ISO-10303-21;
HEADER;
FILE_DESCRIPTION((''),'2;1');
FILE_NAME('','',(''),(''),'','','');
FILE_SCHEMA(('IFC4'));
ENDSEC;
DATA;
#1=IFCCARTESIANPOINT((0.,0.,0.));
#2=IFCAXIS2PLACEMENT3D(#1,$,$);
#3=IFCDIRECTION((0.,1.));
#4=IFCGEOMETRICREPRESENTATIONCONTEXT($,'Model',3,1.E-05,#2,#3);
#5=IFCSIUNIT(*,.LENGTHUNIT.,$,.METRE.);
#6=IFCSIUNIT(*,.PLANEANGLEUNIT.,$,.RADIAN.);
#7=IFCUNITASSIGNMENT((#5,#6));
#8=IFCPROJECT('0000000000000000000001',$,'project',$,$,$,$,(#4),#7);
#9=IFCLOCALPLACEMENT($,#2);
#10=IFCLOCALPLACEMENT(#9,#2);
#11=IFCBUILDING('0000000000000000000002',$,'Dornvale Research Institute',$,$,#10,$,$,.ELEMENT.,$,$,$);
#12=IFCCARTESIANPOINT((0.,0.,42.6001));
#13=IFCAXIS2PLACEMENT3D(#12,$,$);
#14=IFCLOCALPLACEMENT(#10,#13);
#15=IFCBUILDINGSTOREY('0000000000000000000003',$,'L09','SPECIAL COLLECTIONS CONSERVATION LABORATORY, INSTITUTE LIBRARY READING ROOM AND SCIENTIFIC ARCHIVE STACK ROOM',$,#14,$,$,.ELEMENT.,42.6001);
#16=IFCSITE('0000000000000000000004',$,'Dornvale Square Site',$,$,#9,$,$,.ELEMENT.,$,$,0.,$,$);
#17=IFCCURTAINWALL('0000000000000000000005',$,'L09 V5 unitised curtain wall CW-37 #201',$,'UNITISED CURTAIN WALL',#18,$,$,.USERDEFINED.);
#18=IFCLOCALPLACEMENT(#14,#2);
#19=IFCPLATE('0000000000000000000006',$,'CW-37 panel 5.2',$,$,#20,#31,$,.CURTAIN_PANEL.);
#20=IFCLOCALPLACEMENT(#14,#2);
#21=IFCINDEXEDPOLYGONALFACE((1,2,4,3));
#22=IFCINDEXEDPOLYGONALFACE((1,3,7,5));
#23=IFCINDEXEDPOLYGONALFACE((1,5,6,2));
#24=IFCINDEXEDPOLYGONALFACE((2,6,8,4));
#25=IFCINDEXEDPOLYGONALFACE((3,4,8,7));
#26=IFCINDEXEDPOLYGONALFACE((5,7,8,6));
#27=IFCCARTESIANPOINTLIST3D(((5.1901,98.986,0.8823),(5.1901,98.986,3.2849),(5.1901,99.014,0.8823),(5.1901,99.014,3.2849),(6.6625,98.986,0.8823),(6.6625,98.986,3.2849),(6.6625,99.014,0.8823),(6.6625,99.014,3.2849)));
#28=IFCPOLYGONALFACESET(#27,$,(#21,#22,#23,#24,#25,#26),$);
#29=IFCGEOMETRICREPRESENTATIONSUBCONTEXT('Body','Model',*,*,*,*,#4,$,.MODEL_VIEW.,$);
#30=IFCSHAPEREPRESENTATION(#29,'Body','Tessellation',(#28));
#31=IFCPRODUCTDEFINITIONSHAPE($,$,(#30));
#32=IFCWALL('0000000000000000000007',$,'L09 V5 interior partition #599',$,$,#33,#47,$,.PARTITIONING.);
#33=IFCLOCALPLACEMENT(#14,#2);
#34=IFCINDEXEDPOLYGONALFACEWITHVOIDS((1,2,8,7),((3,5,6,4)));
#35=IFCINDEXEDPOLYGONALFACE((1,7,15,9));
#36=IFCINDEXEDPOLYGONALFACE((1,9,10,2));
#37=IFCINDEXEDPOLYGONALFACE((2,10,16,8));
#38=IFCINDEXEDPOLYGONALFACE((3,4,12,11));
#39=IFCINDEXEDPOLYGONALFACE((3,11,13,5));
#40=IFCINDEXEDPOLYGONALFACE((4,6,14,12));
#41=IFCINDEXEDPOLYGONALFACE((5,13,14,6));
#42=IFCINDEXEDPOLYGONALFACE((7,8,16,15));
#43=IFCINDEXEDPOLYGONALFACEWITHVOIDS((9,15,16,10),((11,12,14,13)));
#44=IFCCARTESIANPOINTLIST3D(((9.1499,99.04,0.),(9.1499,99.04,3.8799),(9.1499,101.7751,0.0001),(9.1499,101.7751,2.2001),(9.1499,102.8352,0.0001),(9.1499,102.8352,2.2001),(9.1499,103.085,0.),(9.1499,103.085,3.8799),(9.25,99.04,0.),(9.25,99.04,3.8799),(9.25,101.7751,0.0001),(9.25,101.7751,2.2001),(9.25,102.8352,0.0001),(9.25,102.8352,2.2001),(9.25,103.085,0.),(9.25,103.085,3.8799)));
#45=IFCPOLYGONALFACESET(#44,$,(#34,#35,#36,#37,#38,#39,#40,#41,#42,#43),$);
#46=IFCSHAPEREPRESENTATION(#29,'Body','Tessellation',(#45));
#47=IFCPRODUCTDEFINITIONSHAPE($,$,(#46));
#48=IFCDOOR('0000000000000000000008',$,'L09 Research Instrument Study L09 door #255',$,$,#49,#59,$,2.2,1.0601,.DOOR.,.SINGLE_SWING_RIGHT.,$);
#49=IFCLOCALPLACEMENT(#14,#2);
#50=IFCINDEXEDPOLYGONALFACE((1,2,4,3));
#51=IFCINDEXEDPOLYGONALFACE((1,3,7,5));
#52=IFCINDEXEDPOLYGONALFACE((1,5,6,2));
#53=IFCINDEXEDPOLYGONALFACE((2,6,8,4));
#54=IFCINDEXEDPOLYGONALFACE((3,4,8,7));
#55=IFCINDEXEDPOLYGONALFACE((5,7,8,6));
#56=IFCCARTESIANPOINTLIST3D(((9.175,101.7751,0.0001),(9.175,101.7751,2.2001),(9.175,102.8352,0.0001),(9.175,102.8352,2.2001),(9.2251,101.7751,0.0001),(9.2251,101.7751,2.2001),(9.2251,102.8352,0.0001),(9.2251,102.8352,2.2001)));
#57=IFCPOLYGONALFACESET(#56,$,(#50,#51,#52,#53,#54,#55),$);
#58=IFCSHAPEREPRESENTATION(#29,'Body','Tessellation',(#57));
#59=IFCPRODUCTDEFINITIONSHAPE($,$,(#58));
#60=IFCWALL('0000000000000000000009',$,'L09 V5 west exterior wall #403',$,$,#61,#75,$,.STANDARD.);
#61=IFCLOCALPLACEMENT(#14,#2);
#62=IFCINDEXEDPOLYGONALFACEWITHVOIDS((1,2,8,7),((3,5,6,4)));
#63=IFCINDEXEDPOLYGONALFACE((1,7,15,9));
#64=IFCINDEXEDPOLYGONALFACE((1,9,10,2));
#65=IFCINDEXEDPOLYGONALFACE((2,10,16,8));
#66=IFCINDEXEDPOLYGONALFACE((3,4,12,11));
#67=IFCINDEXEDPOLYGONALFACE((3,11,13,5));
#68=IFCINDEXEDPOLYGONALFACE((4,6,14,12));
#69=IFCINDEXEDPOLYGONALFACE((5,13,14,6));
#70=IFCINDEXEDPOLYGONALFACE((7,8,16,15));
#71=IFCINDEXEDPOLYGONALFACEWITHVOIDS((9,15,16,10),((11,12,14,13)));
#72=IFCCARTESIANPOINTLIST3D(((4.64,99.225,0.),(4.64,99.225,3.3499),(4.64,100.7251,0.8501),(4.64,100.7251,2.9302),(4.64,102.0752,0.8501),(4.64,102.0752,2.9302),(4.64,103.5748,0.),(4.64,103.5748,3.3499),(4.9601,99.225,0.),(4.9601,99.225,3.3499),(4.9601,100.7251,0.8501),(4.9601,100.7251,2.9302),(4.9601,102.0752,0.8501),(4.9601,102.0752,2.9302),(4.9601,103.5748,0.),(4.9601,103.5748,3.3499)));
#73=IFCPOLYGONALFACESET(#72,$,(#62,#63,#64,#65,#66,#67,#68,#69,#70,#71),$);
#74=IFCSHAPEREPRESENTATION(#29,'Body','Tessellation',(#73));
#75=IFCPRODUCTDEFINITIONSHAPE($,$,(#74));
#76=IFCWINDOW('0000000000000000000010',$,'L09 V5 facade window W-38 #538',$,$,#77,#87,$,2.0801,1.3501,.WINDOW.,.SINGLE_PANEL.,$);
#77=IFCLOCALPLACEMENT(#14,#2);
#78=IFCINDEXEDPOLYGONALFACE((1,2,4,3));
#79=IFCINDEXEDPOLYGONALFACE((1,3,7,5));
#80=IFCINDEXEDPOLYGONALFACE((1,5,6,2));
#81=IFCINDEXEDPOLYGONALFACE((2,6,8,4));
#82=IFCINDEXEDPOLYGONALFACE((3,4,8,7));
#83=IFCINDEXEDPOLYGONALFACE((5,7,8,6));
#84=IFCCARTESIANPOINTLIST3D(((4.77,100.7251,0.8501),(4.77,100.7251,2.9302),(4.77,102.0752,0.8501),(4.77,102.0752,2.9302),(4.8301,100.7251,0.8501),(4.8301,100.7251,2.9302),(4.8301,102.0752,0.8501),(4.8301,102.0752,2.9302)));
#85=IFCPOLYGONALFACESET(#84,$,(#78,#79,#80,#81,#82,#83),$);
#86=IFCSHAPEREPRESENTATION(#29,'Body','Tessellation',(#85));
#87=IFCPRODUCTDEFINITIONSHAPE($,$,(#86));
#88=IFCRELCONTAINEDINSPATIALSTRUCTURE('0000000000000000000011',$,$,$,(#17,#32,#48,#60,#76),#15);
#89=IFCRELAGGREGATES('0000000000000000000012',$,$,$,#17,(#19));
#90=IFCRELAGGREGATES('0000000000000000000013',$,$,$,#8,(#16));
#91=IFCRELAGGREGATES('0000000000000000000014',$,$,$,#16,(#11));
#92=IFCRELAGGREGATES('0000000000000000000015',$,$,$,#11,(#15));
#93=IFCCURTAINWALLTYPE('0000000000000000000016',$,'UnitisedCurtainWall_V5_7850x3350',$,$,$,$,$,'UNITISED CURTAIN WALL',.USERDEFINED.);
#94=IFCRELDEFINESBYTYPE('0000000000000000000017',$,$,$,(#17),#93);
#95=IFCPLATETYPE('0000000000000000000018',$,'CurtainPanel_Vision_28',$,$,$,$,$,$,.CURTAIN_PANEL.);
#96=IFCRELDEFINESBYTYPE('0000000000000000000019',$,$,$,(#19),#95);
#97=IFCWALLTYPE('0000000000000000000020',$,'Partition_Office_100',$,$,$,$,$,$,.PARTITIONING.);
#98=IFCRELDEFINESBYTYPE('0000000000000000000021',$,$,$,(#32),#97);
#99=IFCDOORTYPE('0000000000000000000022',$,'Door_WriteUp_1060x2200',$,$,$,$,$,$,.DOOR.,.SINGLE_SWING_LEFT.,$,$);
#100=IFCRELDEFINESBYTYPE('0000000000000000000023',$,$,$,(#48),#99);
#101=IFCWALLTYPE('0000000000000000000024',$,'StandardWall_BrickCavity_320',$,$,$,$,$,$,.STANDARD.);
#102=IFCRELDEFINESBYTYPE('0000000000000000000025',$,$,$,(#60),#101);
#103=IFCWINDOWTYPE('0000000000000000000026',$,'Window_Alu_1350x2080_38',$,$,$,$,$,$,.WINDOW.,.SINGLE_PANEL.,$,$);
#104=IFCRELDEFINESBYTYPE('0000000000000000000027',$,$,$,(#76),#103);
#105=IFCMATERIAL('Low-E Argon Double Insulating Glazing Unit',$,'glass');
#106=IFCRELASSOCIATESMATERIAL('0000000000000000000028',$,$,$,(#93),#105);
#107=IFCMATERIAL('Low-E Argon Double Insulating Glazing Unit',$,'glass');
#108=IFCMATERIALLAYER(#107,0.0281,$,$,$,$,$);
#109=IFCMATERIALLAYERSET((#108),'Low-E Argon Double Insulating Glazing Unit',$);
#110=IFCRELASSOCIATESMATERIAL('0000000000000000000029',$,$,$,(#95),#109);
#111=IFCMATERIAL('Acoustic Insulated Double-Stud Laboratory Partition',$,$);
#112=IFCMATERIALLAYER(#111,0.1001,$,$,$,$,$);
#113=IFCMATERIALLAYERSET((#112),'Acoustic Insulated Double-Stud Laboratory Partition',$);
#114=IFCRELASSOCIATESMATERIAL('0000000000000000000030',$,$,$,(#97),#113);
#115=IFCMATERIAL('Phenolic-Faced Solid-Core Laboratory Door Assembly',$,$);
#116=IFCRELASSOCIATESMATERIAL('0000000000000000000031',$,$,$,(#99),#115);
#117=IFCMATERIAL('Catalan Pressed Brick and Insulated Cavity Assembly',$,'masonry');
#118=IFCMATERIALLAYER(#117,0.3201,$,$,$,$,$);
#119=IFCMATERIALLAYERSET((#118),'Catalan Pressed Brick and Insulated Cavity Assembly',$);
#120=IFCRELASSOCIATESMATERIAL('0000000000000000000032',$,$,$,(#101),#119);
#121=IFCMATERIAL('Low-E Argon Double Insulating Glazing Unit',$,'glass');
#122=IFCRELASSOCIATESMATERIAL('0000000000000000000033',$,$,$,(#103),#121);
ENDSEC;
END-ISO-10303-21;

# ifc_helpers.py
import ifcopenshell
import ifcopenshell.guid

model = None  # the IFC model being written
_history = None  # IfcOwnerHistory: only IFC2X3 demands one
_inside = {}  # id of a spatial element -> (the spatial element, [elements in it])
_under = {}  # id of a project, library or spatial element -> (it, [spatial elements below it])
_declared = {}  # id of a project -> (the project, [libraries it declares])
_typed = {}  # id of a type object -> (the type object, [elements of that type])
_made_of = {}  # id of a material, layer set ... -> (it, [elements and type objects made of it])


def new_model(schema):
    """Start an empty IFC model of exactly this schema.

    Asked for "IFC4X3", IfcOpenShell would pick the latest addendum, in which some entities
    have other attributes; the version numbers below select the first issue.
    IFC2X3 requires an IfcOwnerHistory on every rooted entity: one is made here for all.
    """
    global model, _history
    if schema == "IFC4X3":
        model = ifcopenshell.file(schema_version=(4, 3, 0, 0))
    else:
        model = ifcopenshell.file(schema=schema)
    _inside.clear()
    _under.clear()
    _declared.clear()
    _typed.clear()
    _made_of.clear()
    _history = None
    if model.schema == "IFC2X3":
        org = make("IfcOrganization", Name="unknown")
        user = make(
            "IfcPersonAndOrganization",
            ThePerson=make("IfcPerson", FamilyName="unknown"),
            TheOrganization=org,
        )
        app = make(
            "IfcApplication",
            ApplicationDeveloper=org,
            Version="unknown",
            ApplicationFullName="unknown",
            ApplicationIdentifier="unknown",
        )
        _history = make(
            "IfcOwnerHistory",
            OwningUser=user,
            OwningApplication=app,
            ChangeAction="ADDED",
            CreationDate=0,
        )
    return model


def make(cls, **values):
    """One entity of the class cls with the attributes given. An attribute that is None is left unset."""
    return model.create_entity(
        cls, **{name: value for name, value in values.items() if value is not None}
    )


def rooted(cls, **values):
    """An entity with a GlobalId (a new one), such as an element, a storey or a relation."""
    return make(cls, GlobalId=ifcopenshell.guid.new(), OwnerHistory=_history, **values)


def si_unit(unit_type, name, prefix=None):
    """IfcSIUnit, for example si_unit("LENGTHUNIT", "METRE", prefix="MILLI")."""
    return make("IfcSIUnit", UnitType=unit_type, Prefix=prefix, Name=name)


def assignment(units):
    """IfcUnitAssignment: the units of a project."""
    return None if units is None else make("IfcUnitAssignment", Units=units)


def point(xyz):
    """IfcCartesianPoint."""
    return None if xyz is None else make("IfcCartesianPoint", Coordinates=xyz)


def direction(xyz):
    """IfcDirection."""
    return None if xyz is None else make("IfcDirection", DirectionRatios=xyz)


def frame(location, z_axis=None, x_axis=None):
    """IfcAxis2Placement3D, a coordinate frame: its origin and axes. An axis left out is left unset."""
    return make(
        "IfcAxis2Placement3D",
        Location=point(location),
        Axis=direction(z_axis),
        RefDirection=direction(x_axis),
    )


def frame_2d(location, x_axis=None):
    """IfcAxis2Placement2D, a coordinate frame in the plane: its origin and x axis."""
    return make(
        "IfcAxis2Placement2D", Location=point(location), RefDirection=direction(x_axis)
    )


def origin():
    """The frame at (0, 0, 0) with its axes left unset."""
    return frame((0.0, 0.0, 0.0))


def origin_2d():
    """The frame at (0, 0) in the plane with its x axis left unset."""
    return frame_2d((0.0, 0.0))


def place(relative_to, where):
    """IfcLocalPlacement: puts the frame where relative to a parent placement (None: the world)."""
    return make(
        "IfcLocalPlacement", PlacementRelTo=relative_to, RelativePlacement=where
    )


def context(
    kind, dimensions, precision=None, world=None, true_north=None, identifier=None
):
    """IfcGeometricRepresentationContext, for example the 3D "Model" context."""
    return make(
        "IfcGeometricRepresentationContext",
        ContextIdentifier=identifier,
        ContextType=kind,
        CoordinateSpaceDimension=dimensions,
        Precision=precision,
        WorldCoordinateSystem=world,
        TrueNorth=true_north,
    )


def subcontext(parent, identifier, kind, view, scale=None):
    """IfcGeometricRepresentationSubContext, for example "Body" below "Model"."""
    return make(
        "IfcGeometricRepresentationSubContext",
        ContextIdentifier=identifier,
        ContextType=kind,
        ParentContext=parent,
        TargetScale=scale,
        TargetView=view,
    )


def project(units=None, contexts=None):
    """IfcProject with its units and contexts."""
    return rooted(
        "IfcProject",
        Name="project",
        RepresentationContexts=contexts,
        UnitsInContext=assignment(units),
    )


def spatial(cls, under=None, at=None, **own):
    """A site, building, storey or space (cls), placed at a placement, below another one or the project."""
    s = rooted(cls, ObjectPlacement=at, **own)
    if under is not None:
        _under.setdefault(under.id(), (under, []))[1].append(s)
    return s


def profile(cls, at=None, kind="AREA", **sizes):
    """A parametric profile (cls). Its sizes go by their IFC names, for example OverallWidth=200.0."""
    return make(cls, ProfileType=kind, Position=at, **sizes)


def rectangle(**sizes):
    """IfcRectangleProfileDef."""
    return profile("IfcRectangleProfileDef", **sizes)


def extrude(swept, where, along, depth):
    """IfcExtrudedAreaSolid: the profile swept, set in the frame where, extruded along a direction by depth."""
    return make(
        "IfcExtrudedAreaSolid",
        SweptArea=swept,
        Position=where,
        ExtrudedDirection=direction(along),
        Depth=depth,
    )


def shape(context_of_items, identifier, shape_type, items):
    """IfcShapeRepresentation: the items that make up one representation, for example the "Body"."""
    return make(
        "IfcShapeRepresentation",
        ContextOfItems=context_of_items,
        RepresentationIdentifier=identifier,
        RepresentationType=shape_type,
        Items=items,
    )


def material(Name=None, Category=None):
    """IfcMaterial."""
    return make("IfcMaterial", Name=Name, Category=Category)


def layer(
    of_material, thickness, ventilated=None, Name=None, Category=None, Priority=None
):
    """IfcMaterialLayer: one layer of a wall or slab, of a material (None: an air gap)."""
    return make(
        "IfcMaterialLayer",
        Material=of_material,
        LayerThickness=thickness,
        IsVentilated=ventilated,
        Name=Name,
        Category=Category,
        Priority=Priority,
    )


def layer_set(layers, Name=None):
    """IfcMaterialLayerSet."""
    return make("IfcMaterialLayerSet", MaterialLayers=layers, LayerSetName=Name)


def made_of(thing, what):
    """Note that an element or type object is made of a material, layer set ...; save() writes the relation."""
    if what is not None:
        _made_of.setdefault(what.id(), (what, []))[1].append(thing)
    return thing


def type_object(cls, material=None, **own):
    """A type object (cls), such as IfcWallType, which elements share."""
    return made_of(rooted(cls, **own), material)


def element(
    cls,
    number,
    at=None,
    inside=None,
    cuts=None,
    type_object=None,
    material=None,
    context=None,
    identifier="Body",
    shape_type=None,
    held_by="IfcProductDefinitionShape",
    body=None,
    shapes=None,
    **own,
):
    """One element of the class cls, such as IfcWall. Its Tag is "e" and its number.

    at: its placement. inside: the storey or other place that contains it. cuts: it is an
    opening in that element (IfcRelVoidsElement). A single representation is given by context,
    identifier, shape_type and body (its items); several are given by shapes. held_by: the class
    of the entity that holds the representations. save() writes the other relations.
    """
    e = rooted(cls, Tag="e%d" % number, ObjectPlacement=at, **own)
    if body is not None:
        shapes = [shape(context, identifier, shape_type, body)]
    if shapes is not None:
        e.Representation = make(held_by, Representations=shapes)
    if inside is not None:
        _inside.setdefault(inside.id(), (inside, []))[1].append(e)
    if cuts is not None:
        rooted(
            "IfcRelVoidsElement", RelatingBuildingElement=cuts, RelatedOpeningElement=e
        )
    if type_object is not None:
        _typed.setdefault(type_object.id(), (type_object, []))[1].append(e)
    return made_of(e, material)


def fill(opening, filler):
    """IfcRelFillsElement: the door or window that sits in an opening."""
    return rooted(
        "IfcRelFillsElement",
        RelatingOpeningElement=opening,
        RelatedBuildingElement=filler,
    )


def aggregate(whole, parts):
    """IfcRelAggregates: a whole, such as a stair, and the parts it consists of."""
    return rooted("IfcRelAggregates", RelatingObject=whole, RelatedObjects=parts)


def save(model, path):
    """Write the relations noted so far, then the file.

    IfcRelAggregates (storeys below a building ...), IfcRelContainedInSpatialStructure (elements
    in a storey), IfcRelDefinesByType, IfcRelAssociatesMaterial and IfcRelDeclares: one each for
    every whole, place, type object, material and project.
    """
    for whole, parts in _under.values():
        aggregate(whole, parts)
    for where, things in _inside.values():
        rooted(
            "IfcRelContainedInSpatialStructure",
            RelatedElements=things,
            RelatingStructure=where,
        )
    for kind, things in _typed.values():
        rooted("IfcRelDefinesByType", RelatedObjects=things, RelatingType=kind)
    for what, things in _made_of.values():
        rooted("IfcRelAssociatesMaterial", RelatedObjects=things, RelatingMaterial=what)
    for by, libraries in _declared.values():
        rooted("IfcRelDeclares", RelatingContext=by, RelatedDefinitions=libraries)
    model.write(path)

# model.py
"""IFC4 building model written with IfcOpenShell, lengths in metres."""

from ifc_helpers import new_model, si_unit, direction, frame, frame_2d, origin, origin_2d, place, context, subcontext, project, spatial, rectangle, extrude, material, layer, layer_set, type_object, element, fill, aggregate, save


model = new_model("IFC4")

# Units and contexts
model_context = context("Model", 3, precision=1e-05, world=origin(), true_north=direction((0.0, 1.0)))
body_context = subcontext(model_context, "Body", "Model", "MODEL_VIEW")
ifc_project = project(units=[si_unit("LENGTHUNIT", "METRE"), si_unit("PLANEANGLEUNIT", "RADIAN")], contexts=[model_context])

# Site, building, storey
site_placement = place(None, origin())
site = spatial("IfcSite", under=ifc_project, at=site_placement, Name="Dornvale Square Site", CompositionType="ELEMENT", RefElevation=0.0)
building_placement = place(site_placement, origin())
building = spatial("IfcBuilding", under=site, at=building_placement, Name="Dornvale Research Institute", CompositionType="ELEMENT")
storey_placement = place(building_placement, frame((0.0, 0.0, 42.6001)))
storey = spatial("IfcBuildingStorey", under=building, at=storey_placement, Name="L09", Description="SPECIAL COLLECTIONS CONSERVATION LABORATORY, INSTITUTE LIBRARY READING ROOM AND SCIENTIFIC ARCHIVE STACK ROOM", CompositionType="ELEMENT", Elevation=42.6001)

# Curtain wall, plate
ifc_material_1 = material(Name="Low-E Argon Double Insulating Glazing Unit", Category="glass")
curtain_wall_type = type_object("IfcCurtainWallType", Name="UnitisedCurtainWall_V5_7850x3350", ElementType="UNITISED CURTAIN WALL", PredefinedType="USERDEFINED", material=ifc_material_1)
curtain_wall_placement = place(storey_placement, origin())
curtain_wall = element("IfcCurtainWall", 1, at=curtain_wall_placement, inside=storey, type_object=curtain_wall_type, Name="L09 V5 unitised curtain wall CW-37 #201", ObjectType="UNITISED CURTAIN WALL", PredefinedType="USERDEFINED")
ifc_material_2 = material(Name="Low-E Argon Double Insulating Glazing Unit", Category="glass")
ifc_layer_1 = layer(ifc_material_2, 0.0281)
ifc_layer_set_1 = layer_set([ifc_layer_1], Name="Low-E Argon Double Insulating Glazing Unit")
plate_type_1 = type_object("IfcPlateType", Name="CurtainPanel_Vision_28", PredefinedType="CURTAIN_PANEL", material=ifc_layer_set_1)
plate_1_placement = place(storey_placement, frame((5.9263, 99.0, 0.8823), z_axis=(0.0, 0.0, 1.0), x_axis=(-1.0, 0.0, 0.0)))
plate_1 = element("IfcPlate", 2, at=plate_1_placement, type_object=plate_type_1, Name="CW-37 panel 5.2", PredefinedType="CURTAIN_PANEL", context=body_context, shape_type="SweptSolid", body=[
    extrude(rectangle(XDim=1.4724, YDim=0.0281, at=origin_2d()), origin(), (0.0, 0.0, 1.0), 2.4026),
])
aggregate(curtain_wall, [plate_1])

# Wall, opening, door
ifc_material_3 = material(Name="Acoustic Insulated Double-Stud Laboratory Partition")
ifc_layer_2 = layer(ifc_material_3, 0.1001)
ifc_layer_set_2 = layer_set([ifc_layer_2], Name="Acoustic Insulated Double-Stud Laboratory Partition")
wall_type_1 = type_object("IfcWallType", Name="Partition_Office_100", PredefinedType="PARTITIONING", material=ifc_layer_set_2)
wall_1_placement = place(storey_placement, frame((9.2, 99.04, 0.0), z_axis=(0.0, 0.0, 1.0), x_axis=(0.0, 1.0, 0.0)))
wall_1 = element("IfcWall", 3, at=wall_1_placement, inside=storey, type_object=wall_type_1, Name="L09 V5 interior partition #599", PredefinedType="PARTITIONING", context=body_context, shape_type="SweptSolid", body=[
    extrude(rectangle(XDim=4.0449, YDim=0.1001, at=frame_2d((2.0225, 0.0))), origin(), (0.0, 0.0, 1.0), 3.8799),
])
opening_1_placement = place(wall_1_placement, frame((2.7351, 0.0, 0.0)))
opening_1 = element("IfcOpeningElement", 4, at=opening_1_placement, cuts=wall_1, PredefinedType="OPENING", context=body_context, shape_type="SweptSolid", body=[
    extrude(rectangle(XDim=1.0601, YDim=2.2, at=frame_2d((0.53, 1.1001))), frame((0.0, 0.0649, 0.0), z_axis=(0.0, -1.0, 0.0), x_axis=(1.0, 0.0, 0.0)), (0.0, 0.0, 1.0), 0.1301),
])
ifc_material_4 = material(Name="Phenolic-Faced Solid-Core Laboratory Door Assembly")
door_type = type_object("IfcDoorType", Name="Door_WriteUp_1060x2200", OperationType="SINGLE_SWING_LEFT", PredefinedType="DOOR", material=ifc_material_4)
door_placement = place(opening_1_placement, origin())
door = element("IfcDoor", 5, at=door_placement, inside=storey, type_object=door_type, Name="L09 Research Instrument Study L09 door #255", OperationType="SINGLE_SWING_RIGHT", OverallHeight=2.2, OverallWidth=1.0601, PredefinedType="DOOR", context=body_context, shape_type="SweptSolid", body=[
    extrude(rectangle(XDim=1.0601, YDim=2.2, at=frame_2d((0.53, 1.1001))), frame((0.0, 0.0249, 0.0), z_axis=(0.0, -1.0, 0.0), x_axis=(1.0, 0.0, 0.0)), (0.0, 0.0, 1.0), 0.05),
])
fill(opening_1, door)

# Wall, opening, window
ifc_material_5 = material(Name="Catalan Pressed Brick and Insulated Cavity Assembly", Category="masonry")
ifc_layer_3 = layer(ifc_material_5, 0.3201)
ifc_layer_set_3 = layer_set([ifc_layer_3], Name="Catalan Pressed Brick and Insulated Cavity Assembly")
wall_type_2 = type_object("IfcWallType", Name="StandardWall_BrickCavity_320", PredefinedType="STANDARD", material=ifc_layer_set_3)
wall_2_placement = place(storey_placement, frame((4.8, 99.2251, 0.0), z_axis=(0.0, 0.0, 1.0), x_axis=(0.0, 1.0, 0.0)))
wall_2 = element("IfcWall", 6, at=wall_2_placement, inside=storey, type_object=wall_type_2, Name="L09 V5 west exterior wall #403", PredefinedType="STANDARD", context=body_context, shape_type="SweptSolid", body=[
    extrude(rectangle(XDim=4.3499, YDim=0.3201, at=frame_2d((2.1748, 0.0))), origin(), (0.0, 0.0, 1.0), 3.3499),
])
opening_2_placement = place(wall_2_placement, frame((1.5, 0.0, 0.8501)))
opening_2 = element("IfcOpeningElement", 7, at=opening_2_placement, cuts=wall_2, PredefinedType="OPENING", context=body_context, shape_type="SweptSolid", body=[
    extrude(rectangle(XDim=1.3501, YDim=2.0801, at=frame_2d((0.675, 1.04))), frame((0.0, 0.175, 0.0), z_axis=(0.0, -1.0, 0.0), x_axis=(1.0, 0.0, 0.0)), (0.0, 0.0, 1.0), 0.3501),
])
ifc_material_6 = material(Name="Low-E Argon Double Insulating Glazing Unit", Category="glass")
window_type = type_object("IfcWindowType", Name="Window_Alu_1350x2080_38", PartitioningType="SINGLE_PANEL", PredefinedType="WINDOW", material=ifc_material_6)
window_placement = place(opening_2_placement, origin())
window = element("IfcWindow", 8, at=window_placement, inside=storey, type_object=window_type, Name="L09 V5 facade window W-38 #538", OverallHeight=2.0801, OverallWidth=1.3501, PartitioningType="SINGLE_PANEL", PredefinedType="WINDOW", context=body_context, shape_type="SweptSolid", body=[
    extrude(rectangle(XDim=1.3501, YDim=2.0801, at=frame_2d((0.675, 1.04))), frame((0.0, 0.03, 0.0), z_axis=(0.0, -1.0, 0.0), x_axis=(1.0, 0.0, 0.0)), (0.0, 0.0, 1.0), 0.0601),
])
fill(opening_2, window)

save(model, "model.ifc")
